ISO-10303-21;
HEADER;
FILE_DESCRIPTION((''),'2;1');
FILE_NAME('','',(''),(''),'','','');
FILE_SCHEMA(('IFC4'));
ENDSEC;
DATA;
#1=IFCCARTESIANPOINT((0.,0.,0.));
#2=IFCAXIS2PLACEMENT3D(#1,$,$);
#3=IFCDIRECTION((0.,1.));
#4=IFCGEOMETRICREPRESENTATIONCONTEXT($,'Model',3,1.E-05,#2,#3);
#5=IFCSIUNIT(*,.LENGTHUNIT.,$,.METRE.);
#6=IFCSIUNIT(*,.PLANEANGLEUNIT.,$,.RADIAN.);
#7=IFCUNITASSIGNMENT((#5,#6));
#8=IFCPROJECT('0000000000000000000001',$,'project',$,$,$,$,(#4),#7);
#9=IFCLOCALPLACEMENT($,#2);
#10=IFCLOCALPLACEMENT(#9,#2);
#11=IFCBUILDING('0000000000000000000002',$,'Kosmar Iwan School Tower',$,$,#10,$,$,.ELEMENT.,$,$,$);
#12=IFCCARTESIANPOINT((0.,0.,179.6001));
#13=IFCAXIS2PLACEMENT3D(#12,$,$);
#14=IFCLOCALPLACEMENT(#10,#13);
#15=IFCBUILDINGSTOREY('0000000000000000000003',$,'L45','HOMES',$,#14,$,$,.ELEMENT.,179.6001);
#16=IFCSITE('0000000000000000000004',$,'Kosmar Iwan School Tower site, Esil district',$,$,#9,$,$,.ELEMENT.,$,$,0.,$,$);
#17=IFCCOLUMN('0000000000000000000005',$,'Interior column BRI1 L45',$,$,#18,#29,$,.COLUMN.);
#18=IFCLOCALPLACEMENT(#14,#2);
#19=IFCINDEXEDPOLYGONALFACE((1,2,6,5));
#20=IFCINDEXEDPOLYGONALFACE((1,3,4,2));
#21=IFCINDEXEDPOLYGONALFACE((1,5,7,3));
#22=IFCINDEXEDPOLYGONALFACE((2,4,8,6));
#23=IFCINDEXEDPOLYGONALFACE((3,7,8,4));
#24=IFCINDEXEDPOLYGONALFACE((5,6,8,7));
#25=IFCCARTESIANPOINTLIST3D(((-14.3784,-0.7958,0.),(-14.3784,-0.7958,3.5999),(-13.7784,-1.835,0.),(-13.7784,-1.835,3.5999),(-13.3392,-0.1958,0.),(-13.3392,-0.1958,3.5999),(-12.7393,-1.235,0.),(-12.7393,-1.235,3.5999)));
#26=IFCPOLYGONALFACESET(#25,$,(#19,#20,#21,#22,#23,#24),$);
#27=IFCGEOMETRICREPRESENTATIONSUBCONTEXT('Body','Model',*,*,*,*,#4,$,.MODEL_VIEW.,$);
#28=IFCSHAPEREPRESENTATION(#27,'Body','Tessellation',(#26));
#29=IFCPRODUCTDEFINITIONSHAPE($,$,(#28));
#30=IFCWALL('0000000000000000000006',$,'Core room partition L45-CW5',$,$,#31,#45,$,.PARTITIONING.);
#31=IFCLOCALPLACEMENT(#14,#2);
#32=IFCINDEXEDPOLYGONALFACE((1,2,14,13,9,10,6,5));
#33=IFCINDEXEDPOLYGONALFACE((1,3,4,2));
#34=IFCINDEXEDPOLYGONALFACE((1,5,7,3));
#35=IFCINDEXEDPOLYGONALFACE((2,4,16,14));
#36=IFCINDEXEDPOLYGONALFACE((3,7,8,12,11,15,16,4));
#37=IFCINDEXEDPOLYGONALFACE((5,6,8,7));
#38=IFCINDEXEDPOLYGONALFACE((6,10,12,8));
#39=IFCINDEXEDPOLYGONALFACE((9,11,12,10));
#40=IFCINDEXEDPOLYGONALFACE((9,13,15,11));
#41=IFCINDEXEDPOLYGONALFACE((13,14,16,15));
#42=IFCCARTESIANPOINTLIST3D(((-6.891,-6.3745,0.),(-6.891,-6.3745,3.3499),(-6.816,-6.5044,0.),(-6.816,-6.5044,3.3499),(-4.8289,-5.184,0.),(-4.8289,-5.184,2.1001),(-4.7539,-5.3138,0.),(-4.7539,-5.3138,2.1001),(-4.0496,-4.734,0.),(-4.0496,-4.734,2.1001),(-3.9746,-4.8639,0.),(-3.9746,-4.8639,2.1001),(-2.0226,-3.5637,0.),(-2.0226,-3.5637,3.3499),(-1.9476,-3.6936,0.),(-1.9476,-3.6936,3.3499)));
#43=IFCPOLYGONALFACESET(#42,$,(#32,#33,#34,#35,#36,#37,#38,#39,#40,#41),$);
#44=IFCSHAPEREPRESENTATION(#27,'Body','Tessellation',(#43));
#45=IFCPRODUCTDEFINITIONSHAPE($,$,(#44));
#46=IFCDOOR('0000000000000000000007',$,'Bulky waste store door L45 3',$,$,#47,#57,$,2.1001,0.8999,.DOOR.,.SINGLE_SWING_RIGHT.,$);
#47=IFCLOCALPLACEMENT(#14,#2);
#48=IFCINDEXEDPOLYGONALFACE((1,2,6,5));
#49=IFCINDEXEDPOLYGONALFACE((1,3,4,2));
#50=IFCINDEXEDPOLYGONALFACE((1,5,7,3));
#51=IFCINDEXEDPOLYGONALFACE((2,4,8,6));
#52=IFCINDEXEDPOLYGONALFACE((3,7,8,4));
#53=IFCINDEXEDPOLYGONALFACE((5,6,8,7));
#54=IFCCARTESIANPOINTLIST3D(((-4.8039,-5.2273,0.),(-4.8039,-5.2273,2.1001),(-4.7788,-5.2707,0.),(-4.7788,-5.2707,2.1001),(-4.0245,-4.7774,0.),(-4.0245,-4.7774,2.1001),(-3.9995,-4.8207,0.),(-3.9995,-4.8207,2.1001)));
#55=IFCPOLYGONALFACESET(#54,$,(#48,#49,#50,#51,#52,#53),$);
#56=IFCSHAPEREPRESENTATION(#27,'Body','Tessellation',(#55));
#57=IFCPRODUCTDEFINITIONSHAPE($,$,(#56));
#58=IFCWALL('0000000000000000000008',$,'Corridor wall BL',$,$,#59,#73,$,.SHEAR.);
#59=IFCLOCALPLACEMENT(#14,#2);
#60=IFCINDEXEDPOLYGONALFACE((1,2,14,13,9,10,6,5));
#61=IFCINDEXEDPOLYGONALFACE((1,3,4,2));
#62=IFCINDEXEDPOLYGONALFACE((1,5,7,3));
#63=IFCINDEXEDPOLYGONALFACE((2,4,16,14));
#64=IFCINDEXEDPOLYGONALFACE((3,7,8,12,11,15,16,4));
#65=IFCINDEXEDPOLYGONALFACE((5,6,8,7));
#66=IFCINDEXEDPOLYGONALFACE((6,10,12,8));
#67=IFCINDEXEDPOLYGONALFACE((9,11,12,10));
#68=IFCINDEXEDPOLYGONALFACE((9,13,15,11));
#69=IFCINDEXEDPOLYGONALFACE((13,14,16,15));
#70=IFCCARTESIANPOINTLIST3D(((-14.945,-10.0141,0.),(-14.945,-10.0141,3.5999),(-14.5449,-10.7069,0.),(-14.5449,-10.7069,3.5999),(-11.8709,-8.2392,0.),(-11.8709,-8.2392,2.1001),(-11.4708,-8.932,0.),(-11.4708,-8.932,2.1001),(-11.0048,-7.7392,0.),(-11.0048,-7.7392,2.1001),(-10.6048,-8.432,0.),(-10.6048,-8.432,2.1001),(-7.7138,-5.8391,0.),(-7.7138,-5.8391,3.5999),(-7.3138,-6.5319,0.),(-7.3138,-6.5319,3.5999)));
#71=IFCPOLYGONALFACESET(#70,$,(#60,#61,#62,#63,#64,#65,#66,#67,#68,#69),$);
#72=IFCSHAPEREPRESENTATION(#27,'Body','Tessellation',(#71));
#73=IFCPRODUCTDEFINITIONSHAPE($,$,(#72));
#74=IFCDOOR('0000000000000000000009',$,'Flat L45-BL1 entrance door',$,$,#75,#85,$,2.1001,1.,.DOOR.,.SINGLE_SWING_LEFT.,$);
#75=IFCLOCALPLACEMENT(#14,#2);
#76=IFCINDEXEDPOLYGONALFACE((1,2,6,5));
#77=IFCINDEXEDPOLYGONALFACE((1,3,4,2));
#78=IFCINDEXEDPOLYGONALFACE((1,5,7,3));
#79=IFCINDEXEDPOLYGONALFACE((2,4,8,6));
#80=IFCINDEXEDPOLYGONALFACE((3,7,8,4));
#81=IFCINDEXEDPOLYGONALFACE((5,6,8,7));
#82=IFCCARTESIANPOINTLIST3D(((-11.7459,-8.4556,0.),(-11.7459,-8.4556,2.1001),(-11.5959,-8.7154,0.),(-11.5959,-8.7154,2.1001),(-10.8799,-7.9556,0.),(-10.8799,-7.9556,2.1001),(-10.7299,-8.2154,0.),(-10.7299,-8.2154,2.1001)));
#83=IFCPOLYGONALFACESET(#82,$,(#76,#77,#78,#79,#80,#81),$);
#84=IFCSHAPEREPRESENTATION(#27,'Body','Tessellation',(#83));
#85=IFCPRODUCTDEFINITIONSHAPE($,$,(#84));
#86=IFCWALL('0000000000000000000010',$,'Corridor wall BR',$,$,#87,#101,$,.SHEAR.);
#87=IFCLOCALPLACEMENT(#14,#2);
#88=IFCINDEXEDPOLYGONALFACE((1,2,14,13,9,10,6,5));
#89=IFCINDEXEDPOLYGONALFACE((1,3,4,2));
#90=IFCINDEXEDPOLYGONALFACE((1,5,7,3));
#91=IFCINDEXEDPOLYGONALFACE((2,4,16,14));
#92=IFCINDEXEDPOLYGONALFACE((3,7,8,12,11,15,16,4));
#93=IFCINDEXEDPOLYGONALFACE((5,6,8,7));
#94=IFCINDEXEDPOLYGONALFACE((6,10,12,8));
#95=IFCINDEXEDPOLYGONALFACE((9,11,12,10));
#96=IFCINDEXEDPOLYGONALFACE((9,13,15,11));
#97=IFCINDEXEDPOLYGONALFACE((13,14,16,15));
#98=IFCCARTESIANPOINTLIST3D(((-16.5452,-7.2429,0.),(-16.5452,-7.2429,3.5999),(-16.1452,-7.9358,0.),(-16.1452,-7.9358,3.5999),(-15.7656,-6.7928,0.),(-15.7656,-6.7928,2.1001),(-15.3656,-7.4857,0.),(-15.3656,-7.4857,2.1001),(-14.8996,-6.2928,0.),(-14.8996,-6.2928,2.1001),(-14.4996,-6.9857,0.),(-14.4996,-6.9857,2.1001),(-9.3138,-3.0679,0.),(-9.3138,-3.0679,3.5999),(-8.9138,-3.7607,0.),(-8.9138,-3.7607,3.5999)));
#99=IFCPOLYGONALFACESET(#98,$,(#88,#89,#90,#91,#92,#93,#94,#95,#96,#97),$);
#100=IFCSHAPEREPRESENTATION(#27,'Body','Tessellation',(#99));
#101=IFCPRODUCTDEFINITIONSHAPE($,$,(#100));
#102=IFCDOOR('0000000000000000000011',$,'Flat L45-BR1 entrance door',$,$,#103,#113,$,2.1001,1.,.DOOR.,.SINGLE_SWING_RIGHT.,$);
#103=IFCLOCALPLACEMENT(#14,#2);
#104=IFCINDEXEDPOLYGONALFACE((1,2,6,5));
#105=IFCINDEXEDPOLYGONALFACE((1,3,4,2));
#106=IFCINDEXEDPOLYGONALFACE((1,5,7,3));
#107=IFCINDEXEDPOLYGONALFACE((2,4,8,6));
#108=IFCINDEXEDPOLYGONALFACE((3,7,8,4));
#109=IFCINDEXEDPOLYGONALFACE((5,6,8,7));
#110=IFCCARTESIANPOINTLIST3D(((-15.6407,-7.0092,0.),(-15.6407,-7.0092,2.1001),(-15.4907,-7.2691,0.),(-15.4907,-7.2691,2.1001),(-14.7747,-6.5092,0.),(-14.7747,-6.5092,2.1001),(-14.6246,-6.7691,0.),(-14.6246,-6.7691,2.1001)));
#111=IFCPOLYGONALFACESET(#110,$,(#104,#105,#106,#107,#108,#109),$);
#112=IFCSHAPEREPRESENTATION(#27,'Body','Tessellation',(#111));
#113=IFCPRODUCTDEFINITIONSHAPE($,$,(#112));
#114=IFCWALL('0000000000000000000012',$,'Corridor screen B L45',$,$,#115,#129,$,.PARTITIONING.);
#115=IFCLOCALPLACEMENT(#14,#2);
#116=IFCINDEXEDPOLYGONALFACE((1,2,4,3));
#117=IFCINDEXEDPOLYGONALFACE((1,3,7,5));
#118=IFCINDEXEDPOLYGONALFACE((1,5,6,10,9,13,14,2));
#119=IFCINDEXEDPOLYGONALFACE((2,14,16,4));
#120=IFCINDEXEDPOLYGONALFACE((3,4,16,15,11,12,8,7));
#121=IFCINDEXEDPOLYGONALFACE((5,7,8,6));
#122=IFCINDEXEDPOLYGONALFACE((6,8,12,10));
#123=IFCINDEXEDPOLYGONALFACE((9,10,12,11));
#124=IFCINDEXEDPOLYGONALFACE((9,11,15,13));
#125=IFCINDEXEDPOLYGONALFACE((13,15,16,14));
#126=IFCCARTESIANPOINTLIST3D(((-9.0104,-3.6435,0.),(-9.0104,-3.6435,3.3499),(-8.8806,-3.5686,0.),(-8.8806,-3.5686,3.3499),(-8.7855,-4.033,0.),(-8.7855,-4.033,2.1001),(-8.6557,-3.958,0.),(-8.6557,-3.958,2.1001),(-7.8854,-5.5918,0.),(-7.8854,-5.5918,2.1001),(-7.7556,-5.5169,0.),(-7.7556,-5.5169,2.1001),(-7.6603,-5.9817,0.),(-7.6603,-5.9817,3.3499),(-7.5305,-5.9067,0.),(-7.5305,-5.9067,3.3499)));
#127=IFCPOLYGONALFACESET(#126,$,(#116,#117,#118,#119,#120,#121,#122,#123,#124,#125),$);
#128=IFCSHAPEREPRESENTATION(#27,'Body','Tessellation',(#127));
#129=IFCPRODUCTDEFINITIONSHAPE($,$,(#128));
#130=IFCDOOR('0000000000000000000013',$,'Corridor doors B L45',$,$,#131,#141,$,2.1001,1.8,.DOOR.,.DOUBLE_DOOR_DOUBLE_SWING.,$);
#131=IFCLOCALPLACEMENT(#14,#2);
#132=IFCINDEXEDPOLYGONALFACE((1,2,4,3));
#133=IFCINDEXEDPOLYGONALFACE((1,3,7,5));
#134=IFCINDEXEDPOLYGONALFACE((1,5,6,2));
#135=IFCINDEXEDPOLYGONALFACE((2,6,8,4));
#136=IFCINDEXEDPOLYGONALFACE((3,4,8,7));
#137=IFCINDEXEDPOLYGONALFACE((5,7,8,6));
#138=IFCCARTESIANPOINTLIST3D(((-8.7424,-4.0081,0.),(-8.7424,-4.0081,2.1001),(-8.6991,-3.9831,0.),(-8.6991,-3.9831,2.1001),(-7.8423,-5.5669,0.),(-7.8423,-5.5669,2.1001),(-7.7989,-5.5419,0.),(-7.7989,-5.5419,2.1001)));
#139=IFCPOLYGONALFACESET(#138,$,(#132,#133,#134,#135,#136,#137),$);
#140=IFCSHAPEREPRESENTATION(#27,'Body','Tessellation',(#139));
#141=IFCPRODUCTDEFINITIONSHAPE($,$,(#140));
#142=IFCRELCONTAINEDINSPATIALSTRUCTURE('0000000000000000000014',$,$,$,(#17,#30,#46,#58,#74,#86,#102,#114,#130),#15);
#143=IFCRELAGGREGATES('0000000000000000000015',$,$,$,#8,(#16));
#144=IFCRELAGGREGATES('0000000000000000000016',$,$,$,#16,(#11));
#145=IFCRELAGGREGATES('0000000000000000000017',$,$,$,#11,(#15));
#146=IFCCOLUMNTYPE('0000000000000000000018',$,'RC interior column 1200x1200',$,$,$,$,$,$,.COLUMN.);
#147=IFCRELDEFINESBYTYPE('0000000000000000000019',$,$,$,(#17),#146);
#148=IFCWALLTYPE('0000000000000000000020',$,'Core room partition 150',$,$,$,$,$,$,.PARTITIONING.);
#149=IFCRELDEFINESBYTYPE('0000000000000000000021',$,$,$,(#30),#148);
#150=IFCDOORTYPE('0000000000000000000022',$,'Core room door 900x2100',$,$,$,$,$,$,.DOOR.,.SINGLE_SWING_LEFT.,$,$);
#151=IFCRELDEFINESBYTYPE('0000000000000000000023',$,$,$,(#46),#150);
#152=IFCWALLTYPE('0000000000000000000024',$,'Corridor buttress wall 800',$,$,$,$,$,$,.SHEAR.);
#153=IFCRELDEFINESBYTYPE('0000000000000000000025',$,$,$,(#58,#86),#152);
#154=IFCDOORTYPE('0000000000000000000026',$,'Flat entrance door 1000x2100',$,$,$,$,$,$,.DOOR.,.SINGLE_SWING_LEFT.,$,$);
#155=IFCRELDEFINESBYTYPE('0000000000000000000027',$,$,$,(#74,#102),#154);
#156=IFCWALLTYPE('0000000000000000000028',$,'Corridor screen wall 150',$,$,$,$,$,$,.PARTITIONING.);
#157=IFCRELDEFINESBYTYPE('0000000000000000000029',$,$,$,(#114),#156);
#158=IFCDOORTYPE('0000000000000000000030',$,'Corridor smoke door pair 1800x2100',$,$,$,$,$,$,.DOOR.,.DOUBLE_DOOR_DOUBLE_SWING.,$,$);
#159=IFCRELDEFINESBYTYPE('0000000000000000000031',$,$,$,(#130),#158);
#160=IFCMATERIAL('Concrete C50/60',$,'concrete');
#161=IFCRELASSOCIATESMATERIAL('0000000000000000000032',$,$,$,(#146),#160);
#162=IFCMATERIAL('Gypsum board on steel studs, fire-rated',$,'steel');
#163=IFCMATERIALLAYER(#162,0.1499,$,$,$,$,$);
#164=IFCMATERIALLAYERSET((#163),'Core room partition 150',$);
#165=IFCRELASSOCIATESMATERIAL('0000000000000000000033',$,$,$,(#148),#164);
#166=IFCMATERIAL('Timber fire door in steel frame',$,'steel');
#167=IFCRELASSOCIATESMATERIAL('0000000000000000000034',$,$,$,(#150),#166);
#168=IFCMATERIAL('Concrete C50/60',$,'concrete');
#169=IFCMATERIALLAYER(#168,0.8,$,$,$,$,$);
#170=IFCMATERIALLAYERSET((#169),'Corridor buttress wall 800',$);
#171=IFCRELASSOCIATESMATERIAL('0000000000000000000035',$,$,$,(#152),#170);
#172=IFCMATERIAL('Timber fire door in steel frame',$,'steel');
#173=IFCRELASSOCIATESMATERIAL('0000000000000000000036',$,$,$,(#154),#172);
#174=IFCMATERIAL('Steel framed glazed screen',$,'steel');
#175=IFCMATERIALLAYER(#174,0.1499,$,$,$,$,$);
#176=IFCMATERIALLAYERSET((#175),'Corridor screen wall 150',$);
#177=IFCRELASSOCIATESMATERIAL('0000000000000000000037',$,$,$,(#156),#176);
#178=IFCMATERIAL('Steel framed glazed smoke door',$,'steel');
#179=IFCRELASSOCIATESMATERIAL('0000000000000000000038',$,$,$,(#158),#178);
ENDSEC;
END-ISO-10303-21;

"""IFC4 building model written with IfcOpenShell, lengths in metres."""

from ifc_helpers import new_model, si_unit, direction, frame, frame_2d, origin, origin_2d, place, context, subcontext, project, spatial, rectangle, extrude, material, layer, layer_set, material_profile, profile_set, type_object, element, fill, save


model = new_model("IFC4")

# Units and contexts
model_context = context("Model", 3, precision=1e-05, world=origin(), true_north=direction((0.0, 1.0)))
body_context = subcontext(model_context, "Body", "Model", "MODEL_VIEW")
ifc_project = project(units=[si_unit("LENGTHUNIT", "METRE"), si_unit("PLANEANGLEUNIT", "RADIAN")], contexts=[model_context])

# Site, building, storey
site_placement = place(None, origin())
site = spatial("IfcSite", under=ifc_project, at=site_placement, Name="Kosmar Iwan School Tower site, Esil district", CompositionType="ELEMENT", RefElevation=0.0)
building_placement = place(site_placement, origin())
building = spatial("IfcBuilding", under=site, at=building_placement, Name="Kosmar Iwan School Tower", CompositionType="ELEMENT")
storey_placement = place(building_placement, frame((0.0, 0.0, 179.6001)))
storey = spatial("IfcBuildingStorey", under=building, at=storey_placement, Name="L45", Description="HOMES", CompositionType="ELEMENT", Elevation=179.6001)

# Column
ifc_material_1 = material(Name="Concrete C50/60", Category="concrete")
ifc_material_profile = material_profile(ifc_material_1, rectangle(XDim=1.2, YDim=1.2, at=origin_2d()), Name="RC 1200x1200")
ifc_profile_set = profile_set([ifc_material_profile], Name="Concrete C50/60")
column_type = type_object("IfcColumnType", Name="RC interior column 1200x1200", PredefinedType="COLUMN", material=ifc_profile_set)
column_placement = place(storey_placement, frame((-13.5588, -1.0154, 0.0), z_axis=(0.0, 0.0, 1.0), x_axis=(-0.866025, -0.5, 0.0)))
element("IfcColumn", 1, at=column_placement, inside=storey, type_object=column_type, Name="Interior column BRI1 L45", PredefinedType="COLUMN", context=body_context, shape_type="SweptSolid", body=[
    extrude(rectangle(XDim=1.2, YDim=1.2, at=origin_2d()), origin(), (0.0, 0.0, 1.0), 3.5999),
])

# Walls, openings, doors
ifc_material_2 = material(Name="Gypsum board on steel studs, fire-rated", Category="steel")
ifc_layer_1 = layer(ifc_material_2, 0.1499)
ifc_layer_set_1 = layer_set([ifc_layer_1], Name="Core room partition 150")
wall_type_1 = type_object("IfcWallType", Name="Core room partition 150", PredefinedType="PARTITIONING", material=ifc_layer_set_1)
wall_1_placement = place(storey_placement, frame((-6.8535, -6.4395, 0.0), z_axis=(0.0, 0.0, 1.0), x_axis=(0.866024, 0.500002, 0.0)))
wall_1 = element("IfcWall", 2, at=wall_1_placement, inside=storey, type_object=wall_type_1, Name="Core room partition L45-CW5", PredefinedType="PARTITIONING", context=body_context, shape_type="SweptSolid", body=[
    extrude(rectangle(XDim=5.6216, YDim=0.1499, at=frame_2d((2.8108, 0.0))), origin(), (0.0, 0.0, 1.0), 3.3499),
])
opening_1_placement = place(wall_1_placement, frame((2.3811, 0.0, 0.0)))
opening_1 = element("IfcOpeningElement", 3, at=opening_1_placement, cuts=wall_1, PredefinedType="OPENING", context=body_context, shape_type="SweptSolid", body=[
    extrude(rectangle(XDim=0.8999, YDim=2.1001, at=frame_2d((0.45, 1.05))), frame((0.0, 0.0869, 0.0), z_axis=(0.0, -1.0, 0.0), x_axis=(1.0, 0.0, 0.0)), (0.0, 0.0, 1.0), 0.1738),
])
ifc_material_3 = material(Name="Timber fire door in steel frame", Category="steel")
door_type_1 = type_object("IfcDoorType", Name="Core room door 900x2100", OperationType="SINGLE_SWING_LEFT", PredefinedType="DOOR", material=ifc_material_3)
door_1_placement = place(opening_1_placement, origin())
door_1 = element("IfcDoor", 4, at=door_1_placement, inside=storey, type_object=door_type_1, Name="Bulky waste store door L45 3", OperationType="SINGLE_SWING_RIGHT", OverallHeight=2.1001, OverallWidth=0.8999, PredefinedType="DOOR", context=body_context, shape_type="SweptSolid", body=[
    extrude(rectangle(XDim=0.8999, YDim=2.1001, at=frame_2d((0.45, 1.05))), frame((0.0, 0.0249, 0.0), z_axis=(0.0, -1.0, 0.0), x_axis=(1.0, 0.0, 0.0)), (0.0, 0.0, 1.0), 0.05),
])
fill(opening_1, door_1)
ifc_material_4 = material(Name="Concrete C50/60", Category="concrete")
ifc_layer_2 = layer(ifc_material_4, 0.8)
ifc_layer_set_2 = layer_set([ifc_layer_2], Name="Corridor buttress wall 800")
wall_type_2 = type_object("IfcWallType", Name="Corridor buttress wall 800", PredefinedType="SHEAR", material=ifc_layer_set_2)
wall_2_placement = place(storey_placement, frame((-7.5139, -6.1855, 0.0), z_axis=(0.0, 0.0, 1.0), x_axis=(-0.86602, -0.50001, 0.0)))
wall_2 = element("IfcWall", 5, at=wall_2_placement, inside=storey, type_object=wall_type_2, Name="Corridor wall BL", PredefinedType="SHEAR", context=body_context, shape_type="SweptSolid", body=[
    extrude(rectangle(XDim=8.3499, YDim=0.8, at=frame_2d((4.1748, 0.0))), origin(), (0.0, 0.0, 1.0), 3.5999),
])
opening_2_placement = place(wall_2_placement, frame((3.8, 0.0, 0.0)))
opening_2 = element("IfcOpeningElement", 6, at=opening_2_placement, cuts=wall_2, PredefinedType="OPENING", context=body_context, shape_type="SweptSolid", body=[
    extrude(rectangle(XDim=1.0, YDim=2.1001, at=frame_2d((0.5, 1.05))), frame((0.0, 0.4121, 0.0), z_axis=(0.0, -1.0, 0.0), x_axis=(1.0, 0.0, 0.0)), (0.0, 0.0, 1.0), 0.824),
])
ifc_material_5 = material(Name="Timber fire door in steel frame", Category="steel")
door_type_2 = type_object("IfcDoorType", Name="Flat entrance door 1000x2100", OperationType="SINGLE_SWING_LEFT", PredefinedType="DOOR", material=ifc_material_5)
door_2_placement = place(opening_2_placement, origin())
door_2 = element("IfcDoor", 7, at=door_2_placement, inside=storey, type_object=door_type_2, Name="Flat L45-BL1 entrance door", OperationType="SINGLE_SWING_LEFT", OverallHeight=2.1001, OverallWidth=1.0, PredefinedType="DOOR", context=body_context, shape_type="SweptSolid", body=[
    extrude(rectangle(XDim=1.0, YDim=2.1001, at=frame_2d((0.5, 1.05))), frame((0.0, 0.1499, 0.0), z_axis=(0.0, -1.0, 0.0), x_axis=(1.0, 0.0, 0.0)), (0.0, 0.0, 1.0), 0.3),
])
fill(opening_2, door_2)
wall_3_placement = place(storey_placement, frame((-9.1138, -3.4143, 0.0), z_axis=(0.0, 0.0, 1.0), x_axis=(-0.866027, -0.499997, 0.0)))
wall_3 = element("IfcWall", 8, at=wall_3_placement, inside=storey, type_object=wall_type_2, Name="Corridor wall BR", PredefinedType="SHEAR", context=body_context, shape_type="SweptSolid", body=[
    extrude(rectangle(XDim=8.3501, YDim=0.8, at=frame_2d((4.175, 0.0))), origin(), (0.0, 0.0, 1.0), 3.5999),
])
opening_3_placement = place(wall_3_placement, frame((6.45, 0.0, 0.0)))
opening_3 = element("IfcOpeningElement", 9, at=opening_3_placement, cuts=wall_3, PredefinedType="OPENING", context=body_context, shape_type="SweptSolid", body=[
    extrude(rectangle(XDim=1.0, YDim=2.1001, at=frame_2d((0.5, 1.05))), frame((0.0, 0.4121, 0.0), z_axis=(0.0, -1.0, 0.0), x_axis=(1.0, 0.0, 0.0)), (0.0, 0.0, 1.0), 0.824),
])
door_3_placement = place(opening_3_placement, origin())
door_3 = element("IfcDoor", 10, at=door_3_placement, inside=storey, type_object=door_type_2, Name="Flat L45-BR1 entrance door", OperationType="SINGLE_SWING_RIGHT", OverallHeight=2.1001, OverallWidth=1.0, PredefinedType="DOOR", context=body_context, shape_type="SweptSolid", body=[
    extrude(rectangle(XDim=1.0, YDim=2.1001, at=frame_2d((0.5, 1.05))), frame((0.0, 0.1499, 0.0), z_axis=(0.0, -1.0, 0.0), x_axis=(1.0, 0.0, 0.0)), (0.0, 0.0, 1.0), 0.3),
])
fill(opening_3, door_3)
ifc_material_6 = material(Name="Steel framed glazed screen", Category="steel")
ifc_layer_3 = layer(ifc_material_6, 0.1499)
ifc_layer_set_3 = layer_set([ifc_layer_3], Name="Corridor screen wall 150")
wall_type_3 = type_object("IfcWallType", Name="Corridor screen wall 150", PredefinedType="PARTITIONING", material=ifc_layer_set_3)
wall_4_placement = place(storey_placement, frame((-8.9456, -3.606, 0.0), z_axis=(0.0, 0.0, 1.0), x_axis=(0.500049, -0.865997, 0.0)))
wall_4 = element("IfcWall", 11, at=wall_4_placement, inside=storey, type_object=wall_type_3, Name="Corridor screen B L45", PredefinedType="PARTITIONING", context=body_context, shape_type="SweptSolid", body=[
    extrude(rectangle(XDim=2.7, YDim=0.1499, at=frame_2d((1.3501, 0.0))), origin(), (0.0, 0.0, 1.0), 3.3499),
])
opening_4_placement = place(wall_4_placement, frame((0.45, 0.0, 0.0)))
opening_4 = element("IfcOpeningElement", 12, at=opening_4_placement, cuts=wall_4, PredefinedType="OPENING", context=body_context, shape_type="SweptSolid", body=[
    extrude(rectangle(XDim=1.8, YDim=2.1001, at=frame_2d((0.8999, 1.05))), frame((0.0, 0.0869, 0.0), z_axis=(0.0, -1.0, 0.0), x_axis=(1.0, 0.0, 0.0)), (0.0, 0.0, 1.0), 0.1738),
])
ifc_material_7 = material(Name="Steel framed glazed smoke door", Category="steel")
door_type_3 = type_object("IfcDoorType", Name="Corridor smoke door pair 1800x2100", OperationType="DOUBLE_DOOR_DOUBLE_SWING", PredefinedType="DOOR", material=ifc_material_7)
door_4_placement = place(opening_4_placement, origin())
door_4 = element("IfcDoor", 13, at=door_4_placement, inside=storey, type_object=door_type_3, Name="Corridor doors B L45", OperationType="DOUBLE_DOOR_DOUBLE_SWING", OverallHeight=2.1001, OverallWidth=1.8, PredefinedType="DOOR", context=body_context, shape_type="SweptSolid", body=[
    extrude(rectangle(XDim=1.8, YDim=2.1001, at=frame_2d((0.8999, 1.05))), frame((0.0, 0.0249, 0.0), z_axis=(0.0, -1.0, 0.0), x_axis=(1.0, 0.0, 0.0)), (0.0, 0.0, 1.0), 0.05),
])
fill(opening_4, door_4)

save(model, "model.ifc")
